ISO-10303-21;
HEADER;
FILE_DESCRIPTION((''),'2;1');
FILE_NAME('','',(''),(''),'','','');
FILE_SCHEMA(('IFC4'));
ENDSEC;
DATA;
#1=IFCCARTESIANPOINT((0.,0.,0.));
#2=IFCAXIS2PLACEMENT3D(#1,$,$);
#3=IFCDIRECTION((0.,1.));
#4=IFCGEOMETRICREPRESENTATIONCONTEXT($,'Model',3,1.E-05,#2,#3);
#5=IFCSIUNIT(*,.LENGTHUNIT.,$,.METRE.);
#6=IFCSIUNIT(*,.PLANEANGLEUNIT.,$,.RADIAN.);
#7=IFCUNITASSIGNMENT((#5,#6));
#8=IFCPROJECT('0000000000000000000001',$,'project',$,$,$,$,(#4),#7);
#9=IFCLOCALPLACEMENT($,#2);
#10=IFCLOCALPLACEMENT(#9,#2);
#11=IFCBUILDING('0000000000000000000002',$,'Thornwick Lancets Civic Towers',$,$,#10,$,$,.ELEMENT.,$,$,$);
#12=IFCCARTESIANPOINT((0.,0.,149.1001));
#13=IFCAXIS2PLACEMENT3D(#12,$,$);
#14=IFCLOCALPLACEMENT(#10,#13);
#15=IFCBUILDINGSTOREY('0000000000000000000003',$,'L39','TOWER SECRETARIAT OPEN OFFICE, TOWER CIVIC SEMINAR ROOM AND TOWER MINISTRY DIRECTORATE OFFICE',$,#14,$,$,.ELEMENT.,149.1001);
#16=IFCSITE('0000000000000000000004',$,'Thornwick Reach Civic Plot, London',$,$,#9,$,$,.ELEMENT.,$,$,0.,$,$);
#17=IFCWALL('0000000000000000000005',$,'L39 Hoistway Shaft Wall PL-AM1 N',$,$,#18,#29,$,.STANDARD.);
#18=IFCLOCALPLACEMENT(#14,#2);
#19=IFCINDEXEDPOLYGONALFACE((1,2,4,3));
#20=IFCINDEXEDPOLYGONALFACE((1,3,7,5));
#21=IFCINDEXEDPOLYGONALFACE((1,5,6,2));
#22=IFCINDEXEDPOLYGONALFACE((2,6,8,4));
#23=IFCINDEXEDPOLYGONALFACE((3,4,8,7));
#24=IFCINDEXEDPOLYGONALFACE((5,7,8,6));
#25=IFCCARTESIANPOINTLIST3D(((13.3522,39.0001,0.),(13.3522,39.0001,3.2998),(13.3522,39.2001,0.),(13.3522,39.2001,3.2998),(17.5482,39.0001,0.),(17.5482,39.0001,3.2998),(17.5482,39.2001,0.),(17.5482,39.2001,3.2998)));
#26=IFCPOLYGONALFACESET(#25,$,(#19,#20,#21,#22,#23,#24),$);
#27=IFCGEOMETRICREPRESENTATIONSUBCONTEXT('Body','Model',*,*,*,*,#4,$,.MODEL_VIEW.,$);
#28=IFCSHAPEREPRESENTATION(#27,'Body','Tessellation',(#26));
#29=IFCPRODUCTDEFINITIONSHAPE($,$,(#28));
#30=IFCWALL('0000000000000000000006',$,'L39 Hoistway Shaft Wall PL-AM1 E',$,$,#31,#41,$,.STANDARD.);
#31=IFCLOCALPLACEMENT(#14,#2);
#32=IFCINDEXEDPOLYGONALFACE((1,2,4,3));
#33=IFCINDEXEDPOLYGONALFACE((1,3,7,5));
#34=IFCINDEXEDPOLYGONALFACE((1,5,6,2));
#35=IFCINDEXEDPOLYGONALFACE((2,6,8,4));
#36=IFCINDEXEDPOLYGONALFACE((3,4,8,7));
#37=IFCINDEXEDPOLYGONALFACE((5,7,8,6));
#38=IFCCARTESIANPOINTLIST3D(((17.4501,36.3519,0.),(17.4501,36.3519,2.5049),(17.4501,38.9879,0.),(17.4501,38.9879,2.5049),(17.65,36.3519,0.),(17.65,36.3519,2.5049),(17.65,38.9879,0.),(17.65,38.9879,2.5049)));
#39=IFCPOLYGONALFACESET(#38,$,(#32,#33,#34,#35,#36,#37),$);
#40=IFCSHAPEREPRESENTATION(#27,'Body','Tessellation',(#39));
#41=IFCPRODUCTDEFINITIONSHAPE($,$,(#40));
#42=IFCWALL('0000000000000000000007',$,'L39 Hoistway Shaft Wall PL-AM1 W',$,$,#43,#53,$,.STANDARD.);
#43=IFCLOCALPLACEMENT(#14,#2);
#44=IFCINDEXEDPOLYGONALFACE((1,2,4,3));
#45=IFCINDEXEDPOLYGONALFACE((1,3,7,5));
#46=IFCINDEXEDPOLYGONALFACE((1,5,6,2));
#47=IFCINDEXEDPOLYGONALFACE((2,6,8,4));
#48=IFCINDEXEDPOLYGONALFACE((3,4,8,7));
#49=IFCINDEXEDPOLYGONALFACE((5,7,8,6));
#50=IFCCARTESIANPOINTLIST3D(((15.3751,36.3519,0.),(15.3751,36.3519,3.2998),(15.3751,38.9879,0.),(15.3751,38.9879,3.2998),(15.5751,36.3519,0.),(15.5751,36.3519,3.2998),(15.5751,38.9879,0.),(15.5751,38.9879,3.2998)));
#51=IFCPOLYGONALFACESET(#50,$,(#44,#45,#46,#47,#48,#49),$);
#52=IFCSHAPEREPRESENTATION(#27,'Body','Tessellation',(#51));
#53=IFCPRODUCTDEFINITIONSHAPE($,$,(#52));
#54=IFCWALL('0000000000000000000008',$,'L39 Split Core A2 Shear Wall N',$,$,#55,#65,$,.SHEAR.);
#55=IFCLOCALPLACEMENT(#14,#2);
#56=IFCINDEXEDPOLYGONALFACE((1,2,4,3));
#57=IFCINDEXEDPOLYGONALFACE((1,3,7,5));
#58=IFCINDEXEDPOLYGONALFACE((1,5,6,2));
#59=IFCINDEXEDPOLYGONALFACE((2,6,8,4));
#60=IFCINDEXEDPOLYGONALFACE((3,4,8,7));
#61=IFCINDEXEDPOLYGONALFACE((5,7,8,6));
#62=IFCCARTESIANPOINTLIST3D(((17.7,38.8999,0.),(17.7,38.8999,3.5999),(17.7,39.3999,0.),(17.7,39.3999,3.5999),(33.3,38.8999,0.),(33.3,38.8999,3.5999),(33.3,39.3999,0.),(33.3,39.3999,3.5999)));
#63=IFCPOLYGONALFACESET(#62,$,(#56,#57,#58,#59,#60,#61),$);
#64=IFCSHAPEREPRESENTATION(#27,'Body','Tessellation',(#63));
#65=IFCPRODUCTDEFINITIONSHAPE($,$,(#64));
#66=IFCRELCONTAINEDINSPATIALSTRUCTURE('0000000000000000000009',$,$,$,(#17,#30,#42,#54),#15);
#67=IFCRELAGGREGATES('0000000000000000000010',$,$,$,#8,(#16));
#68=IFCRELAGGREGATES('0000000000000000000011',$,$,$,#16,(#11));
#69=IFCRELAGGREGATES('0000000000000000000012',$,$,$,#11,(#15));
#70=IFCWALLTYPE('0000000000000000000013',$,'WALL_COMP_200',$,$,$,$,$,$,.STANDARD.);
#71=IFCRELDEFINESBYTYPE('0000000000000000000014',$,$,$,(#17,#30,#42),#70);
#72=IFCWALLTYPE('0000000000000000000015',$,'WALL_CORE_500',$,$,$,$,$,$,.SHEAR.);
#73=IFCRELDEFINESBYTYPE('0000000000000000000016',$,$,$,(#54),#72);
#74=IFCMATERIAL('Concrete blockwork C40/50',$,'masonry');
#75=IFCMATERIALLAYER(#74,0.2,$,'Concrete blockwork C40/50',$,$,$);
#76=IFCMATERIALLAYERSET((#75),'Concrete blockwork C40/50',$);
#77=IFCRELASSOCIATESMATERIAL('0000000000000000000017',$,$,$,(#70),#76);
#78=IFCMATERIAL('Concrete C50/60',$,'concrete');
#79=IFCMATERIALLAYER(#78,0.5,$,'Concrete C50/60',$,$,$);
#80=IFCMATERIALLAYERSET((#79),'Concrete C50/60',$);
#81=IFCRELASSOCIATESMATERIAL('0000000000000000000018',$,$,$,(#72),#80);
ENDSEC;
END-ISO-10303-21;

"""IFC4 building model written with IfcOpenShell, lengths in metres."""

from ifc_helpers import new_model, si_unit, direction, frame, frame_2d, origin, place, context, subcontext, project, spatial, rectangle, extrude, material, layer, layer_set, type_object, element, save


model = new_model("IFC4")

# Units and contexts
model_context = context("Model", 3, precision=1e-05, world=origin(), true_north=direction((0.0, 1.0)))
body_context = subcontext(model_context, "Body", "Model", "MODEL_VIEW")
ifc_project = project(units=[si_unit("LENGTHUNIT", "METRE"), si_unit("PLANEANGLEUNIT", "RADIAN")], contexts=[model_context])

# Site, building, storey
site_placement = place(None, origin())
site = spatial("IfcSite", under=ifc_project, at=site_placement, Name="Thornwick Reach Civic Plot, London", CompositionType="ELEMENT", RefElevation=0.0)
building_placement = place(site_placement, origin())
building = spatial("IfcBuilding", under=site, at=building_placement, Name="Thornwick Lancets Civic Towers", CompositionType="ELEMENT")
storey_placement = place(building_placement, frame((0.0, 0.0, 149.1001)))
storey = spatial("IfcBuildingStorey", under=building, at=storey_placement, Name="L39", Description="TOWER SECRETARIAT OPEN OFFICE, TOWER CIVIC SEMINAR ROOM AND TOWER MINISTRY DIRECTORATE OFFICE", CompositionType="ELEMENT", Elevation=149.1001)

# Shared definitions
ifc_material_1 = material(Name="Concrete C50/60", Category="concrete")

# Shared definitions
ifc_material_2 = material(Name="Concrete blockwork C40/50", Category="masonry")
ifc_layer_1 = layer(ifc_material_2, 0.2, Name="Concrete blockwork C40/50")
ifc_layer_set_1 = layer_set([ifc_layer_1], Name="Concrete blockwork C40/50")
wall_type_1 = type_object("IfcWallType", Name="WALL_COMP_200", PredefinedType="STANDARD", material=ifc_layer_set_1)

# Walls
wall_1_placement = place(storey_placement, frame((13.3521, 39.1001, 0.0), z_axis=(0.0, 0.0, 1.0), x_axis=(1.0, 0.0, 0.0)))
element("IfcWall", 1, at=wall_1_placement, inside=storey, type_object=wall_type_1, Name="L39 Hoistway Shaft Wall PL-AM1 N", PredefinedType="STANDARD", context=body_context, shape_type="SweptSolid", body=[
    extrude(rectangle(XDim=4.196, YDim=0.2, at=frame_2d((2.0981, 0.0))), origin(), (0.0, 0.0, 1.0), 3.2998),
])
wall_2_placement = place(storey_placement, frame((17.55, 36.3521, 0.0), z_axis=(0.0, 0.0, 1.0), x_axis=(0.0, 1.0, 0.0)))
element("IfcWall", 2, at=wall_2_placement, inside=storey, type_object=wall_type_1, Name="L39 Hoistway Shaft Wall PL-AM1 E", PredefinedType="STANDARD", context=body_context, shape_type="SweptSolid", body=[
    extrude(rectangle(XDim=2.636, YDim=0.2, at=frame_2d((1.3179, 0.0))), origin(), (0.0, 0.0, 1.0), 2.5049),
])
wall_3_placement = place(storey_placement, frame((15.4751, 36.3521, 0.0), z_axis=(0.0, 0.0, 1.0), x_axis=(0.0, 1.0, 0.0)))
element("IfcWall", 3, at=wall_3_placement, inside=storey, type_object=wall_type_1, Name="L39 Hoistway Shaft Wall PL-AM1 W", PredefinedType="STANDARD", context=body_context, shape_type="SweptSolid", body=[
    extrude(rectangle(XDim=2.636, YDim=0.2, at=frame_2d((1.3179, 0.0))), origin(), (0.0, 0.0, 1.0), 3.2998),
])
ifc_layer_2 = layer(ifc_material_1, 0.5, Name="Concrete C50/60")
ifc_layer_set_2 = layer_set([ifc_layer_2], Name="Concrete C50/60")
wall_type_2 = type_object("IfcWallType", Name="WALL_CORE_500", PredefinedType="SHEAR", material=ifc_layer_set_2)
wall_4_placement = place(storey_placement, frame((17.7, 39.1499, 0.0), z_axis=(0.0, 0.0, 1.0), x_axis=(1.0, 0.0, 0.0)))
element("IfcWall", 4, at=wall_4_placement, inside=storey, type_object=wall_type_2, Name="L39 Split Core A2 Shear Wall N", PredefinedType="SHEAR", context=body_context, shape_type="SweptSolid", body=[
    extrude(rectangle(XDim=15.6001, YDim=0.5, at=frame_2d((7.8, 0.0))), origin(), (0.0, 0.0, 1.0), 3.5999),
])

save(model, "model.ifc")
